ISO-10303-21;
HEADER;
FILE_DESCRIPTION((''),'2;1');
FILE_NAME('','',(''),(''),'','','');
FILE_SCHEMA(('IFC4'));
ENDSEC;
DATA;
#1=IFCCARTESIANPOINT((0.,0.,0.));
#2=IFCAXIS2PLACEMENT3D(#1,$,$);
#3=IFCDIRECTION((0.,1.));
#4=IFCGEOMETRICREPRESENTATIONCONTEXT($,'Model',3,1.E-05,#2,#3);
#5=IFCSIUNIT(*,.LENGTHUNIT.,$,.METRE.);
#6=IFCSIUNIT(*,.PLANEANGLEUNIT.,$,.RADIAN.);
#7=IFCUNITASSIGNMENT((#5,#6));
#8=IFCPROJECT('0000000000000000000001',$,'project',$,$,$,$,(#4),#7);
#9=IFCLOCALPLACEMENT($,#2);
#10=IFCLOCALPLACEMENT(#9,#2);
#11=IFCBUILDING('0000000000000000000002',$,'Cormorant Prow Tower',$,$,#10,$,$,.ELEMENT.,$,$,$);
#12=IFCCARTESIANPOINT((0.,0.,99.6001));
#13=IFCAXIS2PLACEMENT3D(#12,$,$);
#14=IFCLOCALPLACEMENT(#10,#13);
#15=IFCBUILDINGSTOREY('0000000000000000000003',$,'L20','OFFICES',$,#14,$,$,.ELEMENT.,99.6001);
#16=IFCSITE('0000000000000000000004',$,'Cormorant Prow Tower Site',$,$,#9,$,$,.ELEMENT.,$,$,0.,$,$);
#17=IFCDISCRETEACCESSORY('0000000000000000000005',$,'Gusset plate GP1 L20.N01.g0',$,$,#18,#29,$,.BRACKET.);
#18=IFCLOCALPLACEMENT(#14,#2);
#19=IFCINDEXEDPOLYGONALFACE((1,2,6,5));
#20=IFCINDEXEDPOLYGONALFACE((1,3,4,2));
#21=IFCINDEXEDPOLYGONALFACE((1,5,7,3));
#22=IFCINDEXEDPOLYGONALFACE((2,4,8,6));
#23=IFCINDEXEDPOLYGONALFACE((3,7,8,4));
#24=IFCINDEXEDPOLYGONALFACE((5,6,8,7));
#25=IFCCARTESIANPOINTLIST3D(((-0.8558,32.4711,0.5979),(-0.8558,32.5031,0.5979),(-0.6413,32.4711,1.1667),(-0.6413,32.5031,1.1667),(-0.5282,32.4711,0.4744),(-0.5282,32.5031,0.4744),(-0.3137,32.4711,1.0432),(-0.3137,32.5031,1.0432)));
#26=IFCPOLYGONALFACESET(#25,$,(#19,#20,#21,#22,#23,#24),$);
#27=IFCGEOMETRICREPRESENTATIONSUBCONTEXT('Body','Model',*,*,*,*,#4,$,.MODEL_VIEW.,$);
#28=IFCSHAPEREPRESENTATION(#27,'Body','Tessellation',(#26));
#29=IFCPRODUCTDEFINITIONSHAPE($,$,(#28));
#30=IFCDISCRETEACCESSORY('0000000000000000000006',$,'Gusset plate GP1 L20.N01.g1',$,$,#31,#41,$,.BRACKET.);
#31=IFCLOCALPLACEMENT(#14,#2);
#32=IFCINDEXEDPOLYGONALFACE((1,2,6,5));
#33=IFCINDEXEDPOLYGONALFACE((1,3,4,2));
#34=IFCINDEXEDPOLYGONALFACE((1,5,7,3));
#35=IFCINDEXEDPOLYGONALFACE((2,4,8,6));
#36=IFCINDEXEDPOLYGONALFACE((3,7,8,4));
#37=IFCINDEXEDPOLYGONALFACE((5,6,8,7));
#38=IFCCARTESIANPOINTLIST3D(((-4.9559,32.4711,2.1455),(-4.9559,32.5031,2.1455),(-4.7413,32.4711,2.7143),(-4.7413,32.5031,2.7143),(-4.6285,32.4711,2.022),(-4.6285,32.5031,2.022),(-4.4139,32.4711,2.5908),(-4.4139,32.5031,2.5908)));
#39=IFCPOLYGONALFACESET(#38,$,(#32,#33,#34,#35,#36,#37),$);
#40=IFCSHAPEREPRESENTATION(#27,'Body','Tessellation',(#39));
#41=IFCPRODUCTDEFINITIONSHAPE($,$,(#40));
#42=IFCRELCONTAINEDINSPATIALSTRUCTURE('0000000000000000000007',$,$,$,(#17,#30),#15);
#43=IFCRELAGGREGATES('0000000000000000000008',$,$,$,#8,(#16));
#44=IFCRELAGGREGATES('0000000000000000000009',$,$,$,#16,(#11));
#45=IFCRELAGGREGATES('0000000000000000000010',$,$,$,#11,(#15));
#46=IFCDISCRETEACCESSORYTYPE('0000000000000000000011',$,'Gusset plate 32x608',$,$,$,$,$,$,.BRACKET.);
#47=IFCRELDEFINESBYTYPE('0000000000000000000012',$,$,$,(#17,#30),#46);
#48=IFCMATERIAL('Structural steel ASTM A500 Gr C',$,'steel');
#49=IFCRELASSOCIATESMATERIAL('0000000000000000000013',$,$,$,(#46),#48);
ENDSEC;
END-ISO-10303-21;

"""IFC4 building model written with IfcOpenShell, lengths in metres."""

from ifc_helpers import new_model, si_unit, direction, frame, origin, origin_2d, place, context, subcontext, project, spatial, rectangle, extrude, material, material_profile, profile_set, type_object, element, save


model = new_model("IFC4")

# Units and contexts
model_context = context("Model", 3, precision=1e-05, world=origin(), true_north=direction((0.0, 1.0)))
body_context = subcontext(model_context, "Body", "Model", "MODEL_VIEW")
ifc_project = project(units=[si_unit("LENGTHUNIT", "METRE"), si_unit("PLANEANGLEUNIT", "RADIAN")], contexts=[model_context])

# Site, building, storey
site_placement = place(None, origin())
site = spatial("IfcSite", under=ifc_project, at=site_placement, Name="Cormorant Prow Tower Site", CompositionType="ELEMENT", RefElevation=0.0)
building_placement = place(site_placement, origin())
building = spatial("IfcBuilding", under=site, at=building_placement, Name="Cormorant Prow Tower", CompositionType="ELEMENT")
storey_placement = place(building_placement, frame((0.0, 0.0, 99.6001)))
storey = spatial("IfcBuildingStorey", under=building, at=storey_placement, Name="L20", Description="OFFICES", CompositionType="ELEMENT", Elevation=99.6001)

# Discrete accessories
ifc_material_1 = material(Name="Structural steel ASTM A500 Gr C", Category="steel")
ifc_material_profile_1 = material_profile(ifc_material_1, rectangle(XDim=0.032, YDim=0.6079, at=origin_2d()), Name="Gusset plate 32x608")
ifc_profile_set_1 = profile_set([ifc_material_profile_1], Name="Structural steel ASTM A500 Gr C")
discrete_accessory_type = type_object("IfcDiscreteAccessoryType", Name="Gusset plate 32x608", PredefinedType="BRACKET", material=ifc_profile_set_1)
discrete_accessory_1_placement = place(storey_placement, frame((-0.7485, 32.4871, 0.8823), z_axis=(0.935697, 0.0, -0.352804), x_axis=(0.0, 1.0, 0.0)))
element("IfcDiscreteAccessory", 1, at=discrete_accessory_1_placement, inside=storey, type_object=discrete_accessory_type, Name="Gusset plate GP1 L20.N01.g0", PredefinedType="BRACKET", context=body_context, shape_type="SweptSolid", body=[
    extrude(rectangle(XDim=0.032, YDim=0.6079, at=origin_2d()), origin(), (0.0, 0.0, 1.0), 0.3501),
])
discrete_accessory_2_placement = place(storey_placement, frame((-4.5212, 32.4871, 2.3064), z_axis=(-0.93561, 0.0, 0.353034), x_axis=(0.0, -1.0, 0.0)))
element("IfcDiscreteAccessory", 2, at=discrete_accessory_2_placement, inside=storey, type_object=discrete_accessory_type, Name="Gusset plate GP1 L20.N01.g1", PredefinedType="BRACKET", context=body_context, shape_type="SweptSolid", body=[
    extrude(rectangle(XDim=0.032, YDim=0.6079, at=origin_2d()), origin(), (0.0, 0.0, 1.0), 0.3499),
])

save(model, "model.ifc")
